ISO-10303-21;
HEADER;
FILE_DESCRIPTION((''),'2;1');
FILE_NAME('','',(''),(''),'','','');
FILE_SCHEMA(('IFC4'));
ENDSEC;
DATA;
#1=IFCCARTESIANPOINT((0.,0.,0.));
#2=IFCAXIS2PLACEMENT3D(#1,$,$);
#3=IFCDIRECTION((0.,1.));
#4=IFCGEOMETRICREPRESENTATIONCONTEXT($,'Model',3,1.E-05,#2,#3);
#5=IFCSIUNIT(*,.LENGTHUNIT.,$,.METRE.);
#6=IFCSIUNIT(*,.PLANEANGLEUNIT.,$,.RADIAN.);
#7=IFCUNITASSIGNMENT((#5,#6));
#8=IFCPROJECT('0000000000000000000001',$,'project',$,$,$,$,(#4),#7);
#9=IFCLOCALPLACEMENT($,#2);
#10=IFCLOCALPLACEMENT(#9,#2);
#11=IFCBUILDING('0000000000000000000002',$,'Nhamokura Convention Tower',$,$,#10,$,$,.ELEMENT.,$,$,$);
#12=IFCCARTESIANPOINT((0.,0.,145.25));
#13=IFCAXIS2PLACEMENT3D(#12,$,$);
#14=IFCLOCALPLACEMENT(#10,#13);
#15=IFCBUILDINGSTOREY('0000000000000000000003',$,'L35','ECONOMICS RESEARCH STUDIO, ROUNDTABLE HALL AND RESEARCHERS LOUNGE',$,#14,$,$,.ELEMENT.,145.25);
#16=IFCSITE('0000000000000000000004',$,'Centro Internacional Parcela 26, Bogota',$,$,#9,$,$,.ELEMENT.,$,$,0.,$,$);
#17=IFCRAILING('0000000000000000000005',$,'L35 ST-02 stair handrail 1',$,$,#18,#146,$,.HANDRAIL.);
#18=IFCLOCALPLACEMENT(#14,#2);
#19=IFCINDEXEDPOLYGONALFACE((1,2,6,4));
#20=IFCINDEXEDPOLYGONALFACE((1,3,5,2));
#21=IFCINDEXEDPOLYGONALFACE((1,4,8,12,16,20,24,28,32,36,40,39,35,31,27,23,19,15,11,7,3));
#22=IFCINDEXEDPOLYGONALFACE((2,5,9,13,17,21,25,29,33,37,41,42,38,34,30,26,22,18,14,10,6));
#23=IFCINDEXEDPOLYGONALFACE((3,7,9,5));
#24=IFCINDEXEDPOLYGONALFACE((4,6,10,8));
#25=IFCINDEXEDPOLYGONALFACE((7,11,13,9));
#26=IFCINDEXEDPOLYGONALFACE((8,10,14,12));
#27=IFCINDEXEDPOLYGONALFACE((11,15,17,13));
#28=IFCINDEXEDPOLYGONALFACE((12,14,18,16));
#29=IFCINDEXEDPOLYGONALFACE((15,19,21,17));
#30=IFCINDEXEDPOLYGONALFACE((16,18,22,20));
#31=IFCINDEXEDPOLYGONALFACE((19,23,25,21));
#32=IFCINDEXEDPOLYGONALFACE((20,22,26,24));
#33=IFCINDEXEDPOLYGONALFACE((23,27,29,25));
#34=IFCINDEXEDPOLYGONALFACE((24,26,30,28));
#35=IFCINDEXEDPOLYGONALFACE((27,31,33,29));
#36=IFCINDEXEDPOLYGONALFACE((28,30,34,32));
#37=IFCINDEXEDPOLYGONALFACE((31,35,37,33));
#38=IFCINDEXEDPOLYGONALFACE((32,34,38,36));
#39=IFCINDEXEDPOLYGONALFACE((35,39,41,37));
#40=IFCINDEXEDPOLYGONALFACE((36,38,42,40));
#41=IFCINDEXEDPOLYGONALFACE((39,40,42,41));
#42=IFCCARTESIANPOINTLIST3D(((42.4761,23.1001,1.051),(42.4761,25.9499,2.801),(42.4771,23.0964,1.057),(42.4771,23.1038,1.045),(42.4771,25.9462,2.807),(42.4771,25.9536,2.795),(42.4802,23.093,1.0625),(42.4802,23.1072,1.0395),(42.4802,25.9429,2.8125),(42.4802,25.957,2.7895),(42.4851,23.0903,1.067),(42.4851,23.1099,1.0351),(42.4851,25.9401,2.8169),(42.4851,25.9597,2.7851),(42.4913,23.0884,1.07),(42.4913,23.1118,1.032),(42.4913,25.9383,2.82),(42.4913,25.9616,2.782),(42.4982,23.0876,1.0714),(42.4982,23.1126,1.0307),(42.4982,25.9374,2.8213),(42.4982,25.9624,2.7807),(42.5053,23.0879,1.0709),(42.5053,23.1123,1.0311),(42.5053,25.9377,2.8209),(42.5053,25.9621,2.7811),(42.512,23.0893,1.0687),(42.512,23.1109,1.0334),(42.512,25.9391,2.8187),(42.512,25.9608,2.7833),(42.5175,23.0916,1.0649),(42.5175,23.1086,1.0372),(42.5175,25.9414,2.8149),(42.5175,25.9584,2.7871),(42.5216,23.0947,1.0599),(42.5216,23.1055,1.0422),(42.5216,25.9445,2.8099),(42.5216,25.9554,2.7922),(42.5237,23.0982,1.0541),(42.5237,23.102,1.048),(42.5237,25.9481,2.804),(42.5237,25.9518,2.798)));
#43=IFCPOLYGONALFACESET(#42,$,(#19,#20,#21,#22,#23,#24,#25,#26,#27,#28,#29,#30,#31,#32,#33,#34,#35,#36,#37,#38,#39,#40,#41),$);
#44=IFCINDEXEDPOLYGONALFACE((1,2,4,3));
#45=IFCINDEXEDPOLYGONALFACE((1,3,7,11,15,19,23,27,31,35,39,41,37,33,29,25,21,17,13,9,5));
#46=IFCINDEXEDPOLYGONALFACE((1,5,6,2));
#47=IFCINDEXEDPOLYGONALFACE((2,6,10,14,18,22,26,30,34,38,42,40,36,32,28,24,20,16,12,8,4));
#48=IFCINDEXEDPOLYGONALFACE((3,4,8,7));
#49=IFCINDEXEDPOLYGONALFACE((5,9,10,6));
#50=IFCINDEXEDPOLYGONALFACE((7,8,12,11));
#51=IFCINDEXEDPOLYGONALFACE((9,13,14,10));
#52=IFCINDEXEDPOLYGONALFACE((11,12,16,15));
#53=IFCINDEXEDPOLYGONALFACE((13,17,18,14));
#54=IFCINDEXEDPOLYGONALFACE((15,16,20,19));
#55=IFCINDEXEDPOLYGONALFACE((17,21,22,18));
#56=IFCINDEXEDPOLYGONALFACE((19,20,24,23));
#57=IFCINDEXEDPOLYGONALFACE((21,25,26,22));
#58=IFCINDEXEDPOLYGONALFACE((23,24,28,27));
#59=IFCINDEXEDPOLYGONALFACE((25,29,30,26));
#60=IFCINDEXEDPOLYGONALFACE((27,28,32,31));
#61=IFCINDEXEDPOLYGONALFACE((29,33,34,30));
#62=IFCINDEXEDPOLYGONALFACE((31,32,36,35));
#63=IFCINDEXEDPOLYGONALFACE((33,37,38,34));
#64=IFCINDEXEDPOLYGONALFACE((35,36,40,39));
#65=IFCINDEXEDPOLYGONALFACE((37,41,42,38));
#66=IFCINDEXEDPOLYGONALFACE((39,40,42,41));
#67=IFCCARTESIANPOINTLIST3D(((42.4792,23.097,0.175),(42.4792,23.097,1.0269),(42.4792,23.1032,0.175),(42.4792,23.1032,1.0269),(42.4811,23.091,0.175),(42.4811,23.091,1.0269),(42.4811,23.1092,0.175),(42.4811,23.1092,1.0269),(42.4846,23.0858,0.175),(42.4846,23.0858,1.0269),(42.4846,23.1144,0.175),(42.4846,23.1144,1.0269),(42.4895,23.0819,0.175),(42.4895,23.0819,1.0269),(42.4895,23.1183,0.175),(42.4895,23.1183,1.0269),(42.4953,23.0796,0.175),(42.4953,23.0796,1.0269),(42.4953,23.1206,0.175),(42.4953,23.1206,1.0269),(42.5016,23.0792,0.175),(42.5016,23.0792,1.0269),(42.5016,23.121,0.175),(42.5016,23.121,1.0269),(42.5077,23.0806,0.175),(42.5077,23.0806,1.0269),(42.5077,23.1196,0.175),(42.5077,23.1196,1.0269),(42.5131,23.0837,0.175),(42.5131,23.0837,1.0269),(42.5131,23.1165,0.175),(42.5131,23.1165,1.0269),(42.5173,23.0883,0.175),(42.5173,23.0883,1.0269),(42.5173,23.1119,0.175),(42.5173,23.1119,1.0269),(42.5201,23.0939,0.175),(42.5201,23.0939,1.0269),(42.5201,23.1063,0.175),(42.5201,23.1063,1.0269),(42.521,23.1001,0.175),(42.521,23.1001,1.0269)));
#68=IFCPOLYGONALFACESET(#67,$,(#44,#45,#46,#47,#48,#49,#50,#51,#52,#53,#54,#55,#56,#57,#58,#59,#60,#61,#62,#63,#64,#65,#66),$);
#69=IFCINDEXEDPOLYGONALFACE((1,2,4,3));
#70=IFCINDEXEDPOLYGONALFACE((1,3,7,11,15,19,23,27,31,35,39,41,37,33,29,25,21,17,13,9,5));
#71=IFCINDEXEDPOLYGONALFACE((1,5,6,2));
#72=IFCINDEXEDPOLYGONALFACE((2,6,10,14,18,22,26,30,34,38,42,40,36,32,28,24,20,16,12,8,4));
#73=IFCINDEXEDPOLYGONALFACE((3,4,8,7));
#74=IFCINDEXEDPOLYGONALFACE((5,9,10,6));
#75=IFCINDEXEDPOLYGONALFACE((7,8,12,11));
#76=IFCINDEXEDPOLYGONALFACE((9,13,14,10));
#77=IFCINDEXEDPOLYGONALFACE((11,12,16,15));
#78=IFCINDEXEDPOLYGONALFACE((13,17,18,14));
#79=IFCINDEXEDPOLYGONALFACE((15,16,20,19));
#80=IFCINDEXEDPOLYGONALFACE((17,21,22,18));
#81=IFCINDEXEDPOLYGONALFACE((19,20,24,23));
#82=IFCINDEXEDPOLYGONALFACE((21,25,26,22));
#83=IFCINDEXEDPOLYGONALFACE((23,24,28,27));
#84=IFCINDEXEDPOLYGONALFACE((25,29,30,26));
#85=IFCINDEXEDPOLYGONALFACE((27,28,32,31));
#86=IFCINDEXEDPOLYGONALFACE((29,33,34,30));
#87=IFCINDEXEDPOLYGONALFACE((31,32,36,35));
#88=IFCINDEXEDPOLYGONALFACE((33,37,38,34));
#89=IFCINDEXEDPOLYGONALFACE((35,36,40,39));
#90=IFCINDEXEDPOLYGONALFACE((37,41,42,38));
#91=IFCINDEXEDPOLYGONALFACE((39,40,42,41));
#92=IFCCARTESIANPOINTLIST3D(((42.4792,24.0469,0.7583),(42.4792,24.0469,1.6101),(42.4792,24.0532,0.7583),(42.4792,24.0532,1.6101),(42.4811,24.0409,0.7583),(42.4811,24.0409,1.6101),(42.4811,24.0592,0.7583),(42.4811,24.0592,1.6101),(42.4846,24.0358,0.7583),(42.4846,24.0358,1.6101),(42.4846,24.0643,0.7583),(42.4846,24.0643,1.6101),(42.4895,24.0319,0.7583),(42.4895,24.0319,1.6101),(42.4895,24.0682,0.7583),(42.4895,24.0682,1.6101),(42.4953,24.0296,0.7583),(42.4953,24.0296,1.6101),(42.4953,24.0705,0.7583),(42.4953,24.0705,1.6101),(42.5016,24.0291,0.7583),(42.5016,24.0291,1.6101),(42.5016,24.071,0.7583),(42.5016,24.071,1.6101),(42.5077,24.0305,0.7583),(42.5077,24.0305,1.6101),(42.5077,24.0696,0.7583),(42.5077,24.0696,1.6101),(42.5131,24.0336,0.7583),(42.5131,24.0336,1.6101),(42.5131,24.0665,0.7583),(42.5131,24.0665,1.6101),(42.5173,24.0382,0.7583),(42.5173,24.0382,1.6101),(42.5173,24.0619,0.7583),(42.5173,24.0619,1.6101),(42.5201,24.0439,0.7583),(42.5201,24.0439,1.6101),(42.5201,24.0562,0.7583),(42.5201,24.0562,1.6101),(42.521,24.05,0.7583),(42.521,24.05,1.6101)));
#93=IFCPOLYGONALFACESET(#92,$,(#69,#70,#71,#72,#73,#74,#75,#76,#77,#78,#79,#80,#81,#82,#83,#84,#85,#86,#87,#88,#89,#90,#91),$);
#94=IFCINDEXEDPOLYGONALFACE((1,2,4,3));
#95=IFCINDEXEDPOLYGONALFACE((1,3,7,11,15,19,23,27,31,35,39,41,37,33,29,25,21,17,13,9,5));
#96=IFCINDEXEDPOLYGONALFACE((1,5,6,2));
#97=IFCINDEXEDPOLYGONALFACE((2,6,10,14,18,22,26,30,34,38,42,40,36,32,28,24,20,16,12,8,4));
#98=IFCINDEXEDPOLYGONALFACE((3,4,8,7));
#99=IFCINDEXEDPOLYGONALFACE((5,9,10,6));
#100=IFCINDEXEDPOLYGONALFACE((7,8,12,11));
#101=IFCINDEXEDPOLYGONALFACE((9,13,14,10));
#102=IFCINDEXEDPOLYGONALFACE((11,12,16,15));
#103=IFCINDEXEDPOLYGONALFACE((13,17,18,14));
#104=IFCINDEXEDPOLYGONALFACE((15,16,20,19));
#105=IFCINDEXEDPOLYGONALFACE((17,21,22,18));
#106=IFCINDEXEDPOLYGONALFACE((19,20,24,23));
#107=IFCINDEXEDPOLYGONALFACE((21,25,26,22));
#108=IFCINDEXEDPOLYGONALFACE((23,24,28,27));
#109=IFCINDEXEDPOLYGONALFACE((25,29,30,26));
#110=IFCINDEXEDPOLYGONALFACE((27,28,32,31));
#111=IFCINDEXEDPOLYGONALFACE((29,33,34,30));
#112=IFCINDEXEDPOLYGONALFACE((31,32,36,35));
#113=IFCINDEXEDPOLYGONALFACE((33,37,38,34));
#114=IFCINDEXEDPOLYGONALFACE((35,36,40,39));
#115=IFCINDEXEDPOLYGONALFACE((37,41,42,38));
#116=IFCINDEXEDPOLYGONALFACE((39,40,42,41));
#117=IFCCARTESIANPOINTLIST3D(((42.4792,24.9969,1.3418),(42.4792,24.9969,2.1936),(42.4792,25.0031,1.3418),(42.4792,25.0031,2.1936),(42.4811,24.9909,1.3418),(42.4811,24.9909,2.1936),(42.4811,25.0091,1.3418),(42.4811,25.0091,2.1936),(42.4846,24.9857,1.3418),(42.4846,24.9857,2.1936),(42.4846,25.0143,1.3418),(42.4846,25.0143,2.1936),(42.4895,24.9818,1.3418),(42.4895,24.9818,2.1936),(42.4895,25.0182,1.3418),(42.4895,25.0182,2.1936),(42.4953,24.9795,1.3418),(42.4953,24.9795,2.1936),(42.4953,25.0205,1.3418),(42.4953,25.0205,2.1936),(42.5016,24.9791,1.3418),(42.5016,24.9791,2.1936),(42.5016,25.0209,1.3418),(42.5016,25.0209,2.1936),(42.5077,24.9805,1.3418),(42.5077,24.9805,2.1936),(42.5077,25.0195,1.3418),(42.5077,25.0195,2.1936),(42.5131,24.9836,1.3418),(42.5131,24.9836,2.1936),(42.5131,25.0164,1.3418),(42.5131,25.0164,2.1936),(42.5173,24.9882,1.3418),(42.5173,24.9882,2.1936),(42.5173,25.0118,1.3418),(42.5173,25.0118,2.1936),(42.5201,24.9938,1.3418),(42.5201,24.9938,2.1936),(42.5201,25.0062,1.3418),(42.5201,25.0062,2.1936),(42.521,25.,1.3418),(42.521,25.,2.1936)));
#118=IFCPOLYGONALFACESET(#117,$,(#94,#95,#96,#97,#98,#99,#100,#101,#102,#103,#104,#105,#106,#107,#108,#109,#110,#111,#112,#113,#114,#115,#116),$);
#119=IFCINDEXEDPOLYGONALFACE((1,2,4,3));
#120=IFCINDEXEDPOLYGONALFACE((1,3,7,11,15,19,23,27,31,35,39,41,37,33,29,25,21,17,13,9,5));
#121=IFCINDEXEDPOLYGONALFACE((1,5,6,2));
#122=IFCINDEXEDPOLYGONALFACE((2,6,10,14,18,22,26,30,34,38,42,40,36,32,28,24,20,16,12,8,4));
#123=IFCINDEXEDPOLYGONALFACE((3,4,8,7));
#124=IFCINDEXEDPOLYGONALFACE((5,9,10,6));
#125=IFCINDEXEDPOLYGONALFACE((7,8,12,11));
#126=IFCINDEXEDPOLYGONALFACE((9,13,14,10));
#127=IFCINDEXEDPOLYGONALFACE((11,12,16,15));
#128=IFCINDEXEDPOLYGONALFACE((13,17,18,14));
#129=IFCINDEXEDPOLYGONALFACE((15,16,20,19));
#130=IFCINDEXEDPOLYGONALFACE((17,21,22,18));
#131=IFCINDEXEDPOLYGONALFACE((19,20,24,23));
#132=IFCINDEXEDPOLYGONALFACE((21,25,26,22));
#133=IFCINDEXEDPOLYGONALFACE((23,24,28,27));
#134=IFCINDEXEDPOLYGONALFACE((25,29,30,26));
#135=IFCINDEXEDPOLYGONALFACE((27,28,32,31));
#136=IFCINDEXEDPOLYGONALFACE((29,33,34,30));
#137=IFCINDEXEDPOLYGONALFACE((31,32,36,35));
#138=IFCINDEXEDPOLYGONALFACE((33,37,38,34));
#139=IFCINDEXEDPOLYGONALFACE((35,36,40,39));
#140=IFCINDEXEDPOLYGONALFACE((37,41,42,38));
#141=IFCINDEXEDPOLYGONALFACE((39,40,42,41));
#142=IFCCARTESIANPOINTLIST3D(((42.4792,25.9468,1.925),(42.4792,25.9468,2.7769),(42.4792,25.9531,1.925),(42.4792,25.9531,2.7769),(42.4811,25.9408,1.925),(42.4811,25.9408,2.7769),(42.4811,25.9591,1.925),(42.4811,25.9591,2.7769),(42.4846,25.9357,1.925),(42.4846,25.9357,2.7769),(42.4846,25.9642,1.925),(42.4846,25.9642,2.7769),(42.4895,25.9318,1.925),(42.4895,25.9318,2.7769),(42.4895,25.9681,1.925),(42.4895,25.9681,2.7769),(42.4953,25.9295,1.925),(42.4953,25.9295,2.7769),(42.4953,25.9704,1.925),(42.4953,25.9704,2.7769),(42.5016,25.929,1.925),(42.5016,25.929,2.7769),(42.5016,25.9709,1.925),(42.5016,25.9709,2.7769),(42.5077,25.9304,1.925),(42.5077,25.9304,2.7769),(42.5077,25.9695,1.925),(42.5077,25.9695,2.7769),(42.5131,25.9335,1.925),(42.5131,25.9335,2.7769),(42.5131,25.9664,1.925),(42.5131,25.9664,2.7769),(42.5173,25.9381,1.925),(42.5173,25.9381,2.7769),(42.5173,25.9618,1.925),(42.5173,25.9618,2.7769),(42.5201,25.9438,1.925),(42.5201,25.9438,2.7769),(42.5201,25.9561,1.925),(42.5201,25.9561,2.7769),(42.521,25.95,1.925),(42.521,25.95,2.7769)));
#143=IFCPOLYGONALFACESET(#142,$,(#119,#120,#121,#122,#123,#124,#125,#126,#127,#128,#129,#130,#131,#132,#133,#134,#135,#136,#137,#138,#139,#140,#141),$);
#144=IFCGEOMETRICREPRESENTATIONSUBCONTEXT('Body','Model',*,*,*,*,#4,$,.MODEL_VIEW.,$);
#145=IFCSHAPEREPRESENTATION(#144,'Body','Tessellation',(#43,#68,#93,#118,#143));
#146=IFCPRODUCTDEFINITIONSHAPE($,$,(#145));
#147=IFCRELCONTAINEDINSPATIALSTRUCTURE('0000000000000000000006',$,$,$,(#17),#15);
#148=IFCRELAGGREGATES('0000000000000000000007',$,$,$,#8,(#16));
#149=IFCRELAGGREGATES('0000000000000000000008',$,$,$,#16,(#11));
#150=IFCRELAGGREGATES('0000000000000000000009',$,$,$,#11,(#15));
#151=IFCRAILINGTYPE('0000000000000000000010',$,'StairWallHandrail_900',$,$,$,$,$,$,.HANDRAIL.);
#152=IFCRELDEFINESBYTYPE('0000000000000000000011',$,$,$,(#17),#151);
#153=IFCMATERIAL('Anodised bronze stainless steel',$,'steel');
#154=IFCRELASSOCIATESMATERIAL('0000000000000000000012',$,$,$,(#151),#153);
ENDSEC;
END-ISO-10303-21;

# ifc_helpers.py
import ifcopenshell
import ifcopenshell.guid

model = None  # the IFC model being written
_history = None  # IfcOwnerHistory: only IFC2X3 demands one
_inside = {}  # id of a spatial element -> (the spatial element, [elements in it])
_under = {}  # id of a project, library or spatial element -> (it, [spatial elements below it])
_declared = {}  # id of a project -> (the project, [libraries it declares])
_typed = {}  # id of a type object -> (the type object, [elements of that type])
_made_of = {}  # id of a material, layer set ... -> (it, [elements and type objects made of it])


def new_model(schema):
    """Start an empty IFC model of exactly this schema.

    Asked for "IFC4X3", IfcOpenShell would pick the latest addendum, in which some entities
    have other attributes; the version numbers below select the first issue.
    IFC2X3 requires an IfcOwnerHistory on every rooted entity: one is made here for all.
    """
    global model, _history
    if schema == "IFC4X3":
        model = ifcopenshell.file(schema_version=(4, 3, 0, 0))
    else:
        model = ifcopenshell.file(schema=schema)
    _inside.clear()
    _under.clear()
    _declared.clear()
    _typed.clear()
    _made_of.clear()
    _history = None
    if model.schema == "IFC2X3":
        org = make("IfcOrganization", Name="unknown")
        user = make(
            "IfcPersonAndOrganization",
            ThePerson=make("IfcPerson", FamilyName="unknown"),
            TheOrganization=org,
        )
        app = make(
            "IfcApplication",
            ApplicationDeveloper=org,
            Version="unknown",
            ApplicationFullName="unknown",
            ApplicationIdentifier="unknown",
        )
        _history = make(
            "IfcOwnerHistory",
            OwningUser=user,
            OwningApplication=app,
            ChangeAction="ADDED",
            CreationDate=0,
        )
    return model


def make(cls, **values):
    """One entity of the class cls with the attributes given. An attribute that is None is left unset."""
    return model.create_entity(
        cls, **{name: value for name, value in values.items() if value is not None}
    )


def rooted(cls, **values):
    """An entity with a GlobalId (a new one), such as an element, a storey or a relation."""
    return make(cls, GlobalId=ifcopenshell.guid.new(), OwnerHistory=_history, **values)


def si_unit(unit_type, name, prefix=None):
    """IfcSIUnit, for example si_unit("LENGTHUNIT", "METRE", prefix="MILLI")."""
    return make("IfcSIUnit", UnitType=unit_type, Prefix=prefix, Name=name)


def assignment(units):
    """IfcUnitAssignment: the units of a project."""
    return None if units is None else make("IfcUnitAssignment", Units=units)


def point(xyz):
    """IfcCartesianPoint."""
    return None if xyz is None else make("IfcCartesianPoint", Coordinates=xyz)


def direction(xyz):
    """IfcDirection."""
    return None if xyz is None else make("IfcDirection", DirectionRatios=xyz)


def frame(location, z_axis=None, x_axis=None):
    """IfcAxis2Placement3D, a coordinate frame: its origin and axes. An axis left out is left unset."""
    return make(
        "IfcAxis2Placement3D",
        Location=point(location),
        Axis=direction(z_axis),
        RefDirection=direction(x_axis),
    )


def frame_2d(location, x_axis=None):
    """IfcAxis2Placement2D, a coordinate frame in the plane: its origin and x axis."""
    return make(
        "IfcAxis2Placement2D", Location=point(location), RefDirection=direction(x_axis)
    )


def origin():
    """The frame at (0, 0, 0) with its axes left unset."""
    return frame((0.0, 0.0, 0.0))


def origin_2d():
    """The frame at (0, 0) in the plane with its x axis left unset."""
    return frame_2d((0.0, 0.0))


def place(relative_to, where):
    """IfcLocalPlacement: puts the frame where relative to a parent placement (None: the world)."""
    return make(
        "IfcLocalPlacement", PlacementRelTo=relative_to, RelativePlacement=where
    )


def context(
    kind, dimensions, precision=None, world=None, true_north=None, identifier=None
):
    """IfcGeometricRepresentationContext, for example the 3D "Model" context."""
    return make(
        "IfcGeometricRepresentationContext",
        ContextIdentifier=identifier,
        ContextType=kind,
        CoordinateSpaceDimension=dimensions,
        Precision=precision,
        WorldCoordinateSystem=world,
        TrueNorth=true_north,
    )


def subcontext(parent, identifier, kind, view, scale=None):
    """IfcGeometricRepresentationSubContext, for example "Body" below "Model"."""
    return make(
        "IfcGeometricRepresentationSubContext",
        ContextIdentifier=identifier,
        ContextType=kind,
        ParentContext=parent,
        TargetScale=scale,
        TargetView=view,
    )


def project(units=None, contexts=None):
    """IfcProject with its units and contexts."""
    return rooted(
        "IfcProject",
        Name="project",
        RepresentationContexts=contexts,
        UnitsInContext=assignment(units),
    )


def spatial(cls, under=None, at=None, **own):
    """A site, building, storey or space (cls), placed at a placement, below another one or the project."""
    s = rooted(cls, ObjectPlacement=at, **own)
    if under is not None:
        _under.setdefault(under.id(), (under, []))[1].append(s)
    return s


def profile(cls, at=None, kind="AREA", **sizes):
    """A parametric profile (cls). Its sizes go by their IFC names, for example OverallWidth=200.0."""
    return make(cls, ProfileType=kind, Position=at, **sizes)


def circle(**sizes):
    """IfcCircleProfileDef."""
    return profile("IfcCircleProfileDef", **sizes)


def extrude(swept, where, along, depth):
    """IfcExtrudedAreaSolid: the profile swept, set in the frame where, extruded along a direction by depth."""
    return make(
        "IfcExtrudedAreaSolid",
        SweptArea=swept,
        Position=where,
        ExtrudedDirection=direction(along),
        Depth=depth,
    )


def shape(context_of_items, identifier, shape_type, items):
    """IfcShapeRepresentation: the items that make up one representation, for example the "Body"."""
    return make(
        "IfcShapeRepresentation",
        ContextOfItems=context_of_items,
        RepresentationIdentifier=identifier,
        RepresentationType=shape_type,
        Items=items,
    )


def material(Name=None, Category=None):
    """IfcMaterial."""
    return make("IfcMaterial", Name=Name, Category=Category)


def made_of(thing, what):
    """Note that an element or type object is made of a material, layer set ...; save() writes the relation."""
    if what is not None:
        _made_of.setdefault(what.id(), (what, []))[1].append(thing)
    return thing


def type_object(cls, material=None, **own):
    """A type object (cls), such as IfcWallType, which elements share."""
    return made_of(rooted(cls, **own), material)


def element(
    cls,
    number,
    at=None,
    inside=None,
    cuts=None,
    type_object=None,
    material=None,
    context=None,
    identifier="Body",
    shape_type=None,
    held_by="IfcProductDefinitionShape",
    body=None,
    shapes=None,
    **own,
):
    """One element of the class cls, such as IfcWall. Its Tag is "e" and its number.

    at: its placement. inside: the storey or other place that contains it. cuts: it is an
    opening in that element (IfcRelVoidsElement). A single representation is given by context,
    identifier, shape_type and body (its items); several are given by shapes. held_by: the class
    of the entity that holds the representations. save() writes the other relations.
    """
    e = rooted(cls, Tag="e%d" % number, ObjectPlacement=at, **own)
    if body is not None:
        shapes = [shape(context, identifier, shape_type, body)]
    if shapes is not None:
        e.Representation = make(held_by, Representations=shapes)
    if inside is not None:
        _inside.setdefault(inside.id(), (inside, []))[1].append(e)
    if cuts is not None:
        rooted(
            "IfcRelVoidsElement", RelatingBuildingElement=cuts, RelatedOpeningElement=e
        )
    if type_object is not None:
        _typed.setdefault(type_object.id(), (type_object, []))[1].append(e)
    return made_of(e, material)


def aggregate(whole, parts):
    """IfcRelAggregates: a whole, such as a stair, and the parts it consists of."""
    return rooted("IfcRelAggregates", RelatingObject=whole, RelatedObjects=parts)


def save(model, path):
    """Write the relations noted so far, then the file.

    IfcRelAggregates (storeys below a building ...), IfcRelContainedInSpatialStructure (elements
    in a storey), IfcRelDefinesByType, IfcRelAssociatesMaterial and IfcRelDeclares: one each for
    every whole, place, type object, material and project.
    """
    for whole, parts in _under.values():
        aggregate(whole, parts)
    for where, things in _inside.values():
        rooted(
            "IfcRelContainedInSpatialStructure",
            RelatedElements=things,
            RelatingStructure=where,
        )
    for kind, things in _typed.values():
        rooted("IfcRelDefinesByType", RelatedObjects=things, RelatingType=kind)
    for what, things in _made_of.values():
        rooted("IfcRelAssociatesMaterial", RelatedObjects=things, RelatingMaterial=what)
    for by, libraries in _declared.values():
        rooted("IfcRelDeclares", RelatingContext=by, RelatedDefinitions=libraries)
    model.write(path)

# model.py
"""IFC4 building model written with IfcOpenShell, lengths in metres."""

from ifc_helpers import new_model, si_unit, direction, frame, origin, origin_2d, place, context, subcontext, project, spatial, circle, extrude, material, type_object, element, save


model = new_model("IFC4")

# Units and contexts
model_context = context("Model", 3, precision=1e-05, world=origin(), true_north=direction((0.0, 1.0)))
body_context = subcontext(model_context, "Body", "Model", "MODEL_VIEW")
ifc_project = project(units=[si_unit("LENGTHUNIT", "METRE"), si_unit("PLANEANGLEUNIT", "RADIAN")], contexts=[model_context])

# Site, building, storey
site_placement = place(None, origin())
site = spatial("IfcSite", under=ifc_project, at=site_placement, Name="Centro Internacional Parcela 26, Bogota", CompositionType="ELEMENT", RefElevation=0.0)
building_placement = place(site_placement, origin())
building = spatial("IfcBuilding", under=site, at=building_placement, Name="Nhamokura Convention Tower", CompositionType="ELEMENT")
storey_placement = place(building_placement, frame((0.0, 0.0, 145.25)))
storey = spatial("IfcBuildingStorey", under=building, at=storey_placement, Name="L35", Description="ECONOMICS RESEARCH STUDIO, ROUNDTABLE HALL AND RESEARCHERS LOUNGE", CompositionType="ELEMENT", Elevation=145.25)

# Railing
ifc_material_1 = material(Name="Anodised bronze stainless steel", Category="steel")
railing_type_1 = type_object("IfcRailingType", Name="StairWallHandrail_900", PredefinedType="HANDRAIL", material=ifc_material_1)
railing_1_placement = place(storey_placement, frame((42.5, 23.1001, 0.175)))
element("IfcRailing", 1, at=railing_1_placement, inside=storey, type_object=railing_type_1, Name="L35 ST-02 stair handrail 1", PredefinedType="HANDRAIL", context=body_context, shape_type="SweptSolid", body=[
    extrude(circle(Radius=0.0239, at=origin_2d()), frame((0.0, 0.0, 0.876), z_axis=(0.0, 0.852159, 0.523283), x_axis=(-1.0, 0.0, 0.0)), (0.0, 0.0, 1.0), 3.3442),
    extrude(circle(Radius=0.021, at=origin_2d()), origin(), (0.0, 0.0, 1.0), 0.8518),
    extrude(circle(Radius=0.021, at=origin_2d()), frame((0.0, 0.95, 0.5833)), (0.0, 0.0, 1.0), 0.8518),
    extrude(circle(Radius=0.021, at=origin_2d()), frame((0.0, 1.8999, 1.1667)), (0.0, 0.0, 1.0), 0.8518),
    extrude(circle(Radius=0.021, at=origin_2d()), frame((0.0, 2.8499, 1.75)), (0.0, 0.0, 1.0), 0.8518),
])

save(model, "model.ifc")
